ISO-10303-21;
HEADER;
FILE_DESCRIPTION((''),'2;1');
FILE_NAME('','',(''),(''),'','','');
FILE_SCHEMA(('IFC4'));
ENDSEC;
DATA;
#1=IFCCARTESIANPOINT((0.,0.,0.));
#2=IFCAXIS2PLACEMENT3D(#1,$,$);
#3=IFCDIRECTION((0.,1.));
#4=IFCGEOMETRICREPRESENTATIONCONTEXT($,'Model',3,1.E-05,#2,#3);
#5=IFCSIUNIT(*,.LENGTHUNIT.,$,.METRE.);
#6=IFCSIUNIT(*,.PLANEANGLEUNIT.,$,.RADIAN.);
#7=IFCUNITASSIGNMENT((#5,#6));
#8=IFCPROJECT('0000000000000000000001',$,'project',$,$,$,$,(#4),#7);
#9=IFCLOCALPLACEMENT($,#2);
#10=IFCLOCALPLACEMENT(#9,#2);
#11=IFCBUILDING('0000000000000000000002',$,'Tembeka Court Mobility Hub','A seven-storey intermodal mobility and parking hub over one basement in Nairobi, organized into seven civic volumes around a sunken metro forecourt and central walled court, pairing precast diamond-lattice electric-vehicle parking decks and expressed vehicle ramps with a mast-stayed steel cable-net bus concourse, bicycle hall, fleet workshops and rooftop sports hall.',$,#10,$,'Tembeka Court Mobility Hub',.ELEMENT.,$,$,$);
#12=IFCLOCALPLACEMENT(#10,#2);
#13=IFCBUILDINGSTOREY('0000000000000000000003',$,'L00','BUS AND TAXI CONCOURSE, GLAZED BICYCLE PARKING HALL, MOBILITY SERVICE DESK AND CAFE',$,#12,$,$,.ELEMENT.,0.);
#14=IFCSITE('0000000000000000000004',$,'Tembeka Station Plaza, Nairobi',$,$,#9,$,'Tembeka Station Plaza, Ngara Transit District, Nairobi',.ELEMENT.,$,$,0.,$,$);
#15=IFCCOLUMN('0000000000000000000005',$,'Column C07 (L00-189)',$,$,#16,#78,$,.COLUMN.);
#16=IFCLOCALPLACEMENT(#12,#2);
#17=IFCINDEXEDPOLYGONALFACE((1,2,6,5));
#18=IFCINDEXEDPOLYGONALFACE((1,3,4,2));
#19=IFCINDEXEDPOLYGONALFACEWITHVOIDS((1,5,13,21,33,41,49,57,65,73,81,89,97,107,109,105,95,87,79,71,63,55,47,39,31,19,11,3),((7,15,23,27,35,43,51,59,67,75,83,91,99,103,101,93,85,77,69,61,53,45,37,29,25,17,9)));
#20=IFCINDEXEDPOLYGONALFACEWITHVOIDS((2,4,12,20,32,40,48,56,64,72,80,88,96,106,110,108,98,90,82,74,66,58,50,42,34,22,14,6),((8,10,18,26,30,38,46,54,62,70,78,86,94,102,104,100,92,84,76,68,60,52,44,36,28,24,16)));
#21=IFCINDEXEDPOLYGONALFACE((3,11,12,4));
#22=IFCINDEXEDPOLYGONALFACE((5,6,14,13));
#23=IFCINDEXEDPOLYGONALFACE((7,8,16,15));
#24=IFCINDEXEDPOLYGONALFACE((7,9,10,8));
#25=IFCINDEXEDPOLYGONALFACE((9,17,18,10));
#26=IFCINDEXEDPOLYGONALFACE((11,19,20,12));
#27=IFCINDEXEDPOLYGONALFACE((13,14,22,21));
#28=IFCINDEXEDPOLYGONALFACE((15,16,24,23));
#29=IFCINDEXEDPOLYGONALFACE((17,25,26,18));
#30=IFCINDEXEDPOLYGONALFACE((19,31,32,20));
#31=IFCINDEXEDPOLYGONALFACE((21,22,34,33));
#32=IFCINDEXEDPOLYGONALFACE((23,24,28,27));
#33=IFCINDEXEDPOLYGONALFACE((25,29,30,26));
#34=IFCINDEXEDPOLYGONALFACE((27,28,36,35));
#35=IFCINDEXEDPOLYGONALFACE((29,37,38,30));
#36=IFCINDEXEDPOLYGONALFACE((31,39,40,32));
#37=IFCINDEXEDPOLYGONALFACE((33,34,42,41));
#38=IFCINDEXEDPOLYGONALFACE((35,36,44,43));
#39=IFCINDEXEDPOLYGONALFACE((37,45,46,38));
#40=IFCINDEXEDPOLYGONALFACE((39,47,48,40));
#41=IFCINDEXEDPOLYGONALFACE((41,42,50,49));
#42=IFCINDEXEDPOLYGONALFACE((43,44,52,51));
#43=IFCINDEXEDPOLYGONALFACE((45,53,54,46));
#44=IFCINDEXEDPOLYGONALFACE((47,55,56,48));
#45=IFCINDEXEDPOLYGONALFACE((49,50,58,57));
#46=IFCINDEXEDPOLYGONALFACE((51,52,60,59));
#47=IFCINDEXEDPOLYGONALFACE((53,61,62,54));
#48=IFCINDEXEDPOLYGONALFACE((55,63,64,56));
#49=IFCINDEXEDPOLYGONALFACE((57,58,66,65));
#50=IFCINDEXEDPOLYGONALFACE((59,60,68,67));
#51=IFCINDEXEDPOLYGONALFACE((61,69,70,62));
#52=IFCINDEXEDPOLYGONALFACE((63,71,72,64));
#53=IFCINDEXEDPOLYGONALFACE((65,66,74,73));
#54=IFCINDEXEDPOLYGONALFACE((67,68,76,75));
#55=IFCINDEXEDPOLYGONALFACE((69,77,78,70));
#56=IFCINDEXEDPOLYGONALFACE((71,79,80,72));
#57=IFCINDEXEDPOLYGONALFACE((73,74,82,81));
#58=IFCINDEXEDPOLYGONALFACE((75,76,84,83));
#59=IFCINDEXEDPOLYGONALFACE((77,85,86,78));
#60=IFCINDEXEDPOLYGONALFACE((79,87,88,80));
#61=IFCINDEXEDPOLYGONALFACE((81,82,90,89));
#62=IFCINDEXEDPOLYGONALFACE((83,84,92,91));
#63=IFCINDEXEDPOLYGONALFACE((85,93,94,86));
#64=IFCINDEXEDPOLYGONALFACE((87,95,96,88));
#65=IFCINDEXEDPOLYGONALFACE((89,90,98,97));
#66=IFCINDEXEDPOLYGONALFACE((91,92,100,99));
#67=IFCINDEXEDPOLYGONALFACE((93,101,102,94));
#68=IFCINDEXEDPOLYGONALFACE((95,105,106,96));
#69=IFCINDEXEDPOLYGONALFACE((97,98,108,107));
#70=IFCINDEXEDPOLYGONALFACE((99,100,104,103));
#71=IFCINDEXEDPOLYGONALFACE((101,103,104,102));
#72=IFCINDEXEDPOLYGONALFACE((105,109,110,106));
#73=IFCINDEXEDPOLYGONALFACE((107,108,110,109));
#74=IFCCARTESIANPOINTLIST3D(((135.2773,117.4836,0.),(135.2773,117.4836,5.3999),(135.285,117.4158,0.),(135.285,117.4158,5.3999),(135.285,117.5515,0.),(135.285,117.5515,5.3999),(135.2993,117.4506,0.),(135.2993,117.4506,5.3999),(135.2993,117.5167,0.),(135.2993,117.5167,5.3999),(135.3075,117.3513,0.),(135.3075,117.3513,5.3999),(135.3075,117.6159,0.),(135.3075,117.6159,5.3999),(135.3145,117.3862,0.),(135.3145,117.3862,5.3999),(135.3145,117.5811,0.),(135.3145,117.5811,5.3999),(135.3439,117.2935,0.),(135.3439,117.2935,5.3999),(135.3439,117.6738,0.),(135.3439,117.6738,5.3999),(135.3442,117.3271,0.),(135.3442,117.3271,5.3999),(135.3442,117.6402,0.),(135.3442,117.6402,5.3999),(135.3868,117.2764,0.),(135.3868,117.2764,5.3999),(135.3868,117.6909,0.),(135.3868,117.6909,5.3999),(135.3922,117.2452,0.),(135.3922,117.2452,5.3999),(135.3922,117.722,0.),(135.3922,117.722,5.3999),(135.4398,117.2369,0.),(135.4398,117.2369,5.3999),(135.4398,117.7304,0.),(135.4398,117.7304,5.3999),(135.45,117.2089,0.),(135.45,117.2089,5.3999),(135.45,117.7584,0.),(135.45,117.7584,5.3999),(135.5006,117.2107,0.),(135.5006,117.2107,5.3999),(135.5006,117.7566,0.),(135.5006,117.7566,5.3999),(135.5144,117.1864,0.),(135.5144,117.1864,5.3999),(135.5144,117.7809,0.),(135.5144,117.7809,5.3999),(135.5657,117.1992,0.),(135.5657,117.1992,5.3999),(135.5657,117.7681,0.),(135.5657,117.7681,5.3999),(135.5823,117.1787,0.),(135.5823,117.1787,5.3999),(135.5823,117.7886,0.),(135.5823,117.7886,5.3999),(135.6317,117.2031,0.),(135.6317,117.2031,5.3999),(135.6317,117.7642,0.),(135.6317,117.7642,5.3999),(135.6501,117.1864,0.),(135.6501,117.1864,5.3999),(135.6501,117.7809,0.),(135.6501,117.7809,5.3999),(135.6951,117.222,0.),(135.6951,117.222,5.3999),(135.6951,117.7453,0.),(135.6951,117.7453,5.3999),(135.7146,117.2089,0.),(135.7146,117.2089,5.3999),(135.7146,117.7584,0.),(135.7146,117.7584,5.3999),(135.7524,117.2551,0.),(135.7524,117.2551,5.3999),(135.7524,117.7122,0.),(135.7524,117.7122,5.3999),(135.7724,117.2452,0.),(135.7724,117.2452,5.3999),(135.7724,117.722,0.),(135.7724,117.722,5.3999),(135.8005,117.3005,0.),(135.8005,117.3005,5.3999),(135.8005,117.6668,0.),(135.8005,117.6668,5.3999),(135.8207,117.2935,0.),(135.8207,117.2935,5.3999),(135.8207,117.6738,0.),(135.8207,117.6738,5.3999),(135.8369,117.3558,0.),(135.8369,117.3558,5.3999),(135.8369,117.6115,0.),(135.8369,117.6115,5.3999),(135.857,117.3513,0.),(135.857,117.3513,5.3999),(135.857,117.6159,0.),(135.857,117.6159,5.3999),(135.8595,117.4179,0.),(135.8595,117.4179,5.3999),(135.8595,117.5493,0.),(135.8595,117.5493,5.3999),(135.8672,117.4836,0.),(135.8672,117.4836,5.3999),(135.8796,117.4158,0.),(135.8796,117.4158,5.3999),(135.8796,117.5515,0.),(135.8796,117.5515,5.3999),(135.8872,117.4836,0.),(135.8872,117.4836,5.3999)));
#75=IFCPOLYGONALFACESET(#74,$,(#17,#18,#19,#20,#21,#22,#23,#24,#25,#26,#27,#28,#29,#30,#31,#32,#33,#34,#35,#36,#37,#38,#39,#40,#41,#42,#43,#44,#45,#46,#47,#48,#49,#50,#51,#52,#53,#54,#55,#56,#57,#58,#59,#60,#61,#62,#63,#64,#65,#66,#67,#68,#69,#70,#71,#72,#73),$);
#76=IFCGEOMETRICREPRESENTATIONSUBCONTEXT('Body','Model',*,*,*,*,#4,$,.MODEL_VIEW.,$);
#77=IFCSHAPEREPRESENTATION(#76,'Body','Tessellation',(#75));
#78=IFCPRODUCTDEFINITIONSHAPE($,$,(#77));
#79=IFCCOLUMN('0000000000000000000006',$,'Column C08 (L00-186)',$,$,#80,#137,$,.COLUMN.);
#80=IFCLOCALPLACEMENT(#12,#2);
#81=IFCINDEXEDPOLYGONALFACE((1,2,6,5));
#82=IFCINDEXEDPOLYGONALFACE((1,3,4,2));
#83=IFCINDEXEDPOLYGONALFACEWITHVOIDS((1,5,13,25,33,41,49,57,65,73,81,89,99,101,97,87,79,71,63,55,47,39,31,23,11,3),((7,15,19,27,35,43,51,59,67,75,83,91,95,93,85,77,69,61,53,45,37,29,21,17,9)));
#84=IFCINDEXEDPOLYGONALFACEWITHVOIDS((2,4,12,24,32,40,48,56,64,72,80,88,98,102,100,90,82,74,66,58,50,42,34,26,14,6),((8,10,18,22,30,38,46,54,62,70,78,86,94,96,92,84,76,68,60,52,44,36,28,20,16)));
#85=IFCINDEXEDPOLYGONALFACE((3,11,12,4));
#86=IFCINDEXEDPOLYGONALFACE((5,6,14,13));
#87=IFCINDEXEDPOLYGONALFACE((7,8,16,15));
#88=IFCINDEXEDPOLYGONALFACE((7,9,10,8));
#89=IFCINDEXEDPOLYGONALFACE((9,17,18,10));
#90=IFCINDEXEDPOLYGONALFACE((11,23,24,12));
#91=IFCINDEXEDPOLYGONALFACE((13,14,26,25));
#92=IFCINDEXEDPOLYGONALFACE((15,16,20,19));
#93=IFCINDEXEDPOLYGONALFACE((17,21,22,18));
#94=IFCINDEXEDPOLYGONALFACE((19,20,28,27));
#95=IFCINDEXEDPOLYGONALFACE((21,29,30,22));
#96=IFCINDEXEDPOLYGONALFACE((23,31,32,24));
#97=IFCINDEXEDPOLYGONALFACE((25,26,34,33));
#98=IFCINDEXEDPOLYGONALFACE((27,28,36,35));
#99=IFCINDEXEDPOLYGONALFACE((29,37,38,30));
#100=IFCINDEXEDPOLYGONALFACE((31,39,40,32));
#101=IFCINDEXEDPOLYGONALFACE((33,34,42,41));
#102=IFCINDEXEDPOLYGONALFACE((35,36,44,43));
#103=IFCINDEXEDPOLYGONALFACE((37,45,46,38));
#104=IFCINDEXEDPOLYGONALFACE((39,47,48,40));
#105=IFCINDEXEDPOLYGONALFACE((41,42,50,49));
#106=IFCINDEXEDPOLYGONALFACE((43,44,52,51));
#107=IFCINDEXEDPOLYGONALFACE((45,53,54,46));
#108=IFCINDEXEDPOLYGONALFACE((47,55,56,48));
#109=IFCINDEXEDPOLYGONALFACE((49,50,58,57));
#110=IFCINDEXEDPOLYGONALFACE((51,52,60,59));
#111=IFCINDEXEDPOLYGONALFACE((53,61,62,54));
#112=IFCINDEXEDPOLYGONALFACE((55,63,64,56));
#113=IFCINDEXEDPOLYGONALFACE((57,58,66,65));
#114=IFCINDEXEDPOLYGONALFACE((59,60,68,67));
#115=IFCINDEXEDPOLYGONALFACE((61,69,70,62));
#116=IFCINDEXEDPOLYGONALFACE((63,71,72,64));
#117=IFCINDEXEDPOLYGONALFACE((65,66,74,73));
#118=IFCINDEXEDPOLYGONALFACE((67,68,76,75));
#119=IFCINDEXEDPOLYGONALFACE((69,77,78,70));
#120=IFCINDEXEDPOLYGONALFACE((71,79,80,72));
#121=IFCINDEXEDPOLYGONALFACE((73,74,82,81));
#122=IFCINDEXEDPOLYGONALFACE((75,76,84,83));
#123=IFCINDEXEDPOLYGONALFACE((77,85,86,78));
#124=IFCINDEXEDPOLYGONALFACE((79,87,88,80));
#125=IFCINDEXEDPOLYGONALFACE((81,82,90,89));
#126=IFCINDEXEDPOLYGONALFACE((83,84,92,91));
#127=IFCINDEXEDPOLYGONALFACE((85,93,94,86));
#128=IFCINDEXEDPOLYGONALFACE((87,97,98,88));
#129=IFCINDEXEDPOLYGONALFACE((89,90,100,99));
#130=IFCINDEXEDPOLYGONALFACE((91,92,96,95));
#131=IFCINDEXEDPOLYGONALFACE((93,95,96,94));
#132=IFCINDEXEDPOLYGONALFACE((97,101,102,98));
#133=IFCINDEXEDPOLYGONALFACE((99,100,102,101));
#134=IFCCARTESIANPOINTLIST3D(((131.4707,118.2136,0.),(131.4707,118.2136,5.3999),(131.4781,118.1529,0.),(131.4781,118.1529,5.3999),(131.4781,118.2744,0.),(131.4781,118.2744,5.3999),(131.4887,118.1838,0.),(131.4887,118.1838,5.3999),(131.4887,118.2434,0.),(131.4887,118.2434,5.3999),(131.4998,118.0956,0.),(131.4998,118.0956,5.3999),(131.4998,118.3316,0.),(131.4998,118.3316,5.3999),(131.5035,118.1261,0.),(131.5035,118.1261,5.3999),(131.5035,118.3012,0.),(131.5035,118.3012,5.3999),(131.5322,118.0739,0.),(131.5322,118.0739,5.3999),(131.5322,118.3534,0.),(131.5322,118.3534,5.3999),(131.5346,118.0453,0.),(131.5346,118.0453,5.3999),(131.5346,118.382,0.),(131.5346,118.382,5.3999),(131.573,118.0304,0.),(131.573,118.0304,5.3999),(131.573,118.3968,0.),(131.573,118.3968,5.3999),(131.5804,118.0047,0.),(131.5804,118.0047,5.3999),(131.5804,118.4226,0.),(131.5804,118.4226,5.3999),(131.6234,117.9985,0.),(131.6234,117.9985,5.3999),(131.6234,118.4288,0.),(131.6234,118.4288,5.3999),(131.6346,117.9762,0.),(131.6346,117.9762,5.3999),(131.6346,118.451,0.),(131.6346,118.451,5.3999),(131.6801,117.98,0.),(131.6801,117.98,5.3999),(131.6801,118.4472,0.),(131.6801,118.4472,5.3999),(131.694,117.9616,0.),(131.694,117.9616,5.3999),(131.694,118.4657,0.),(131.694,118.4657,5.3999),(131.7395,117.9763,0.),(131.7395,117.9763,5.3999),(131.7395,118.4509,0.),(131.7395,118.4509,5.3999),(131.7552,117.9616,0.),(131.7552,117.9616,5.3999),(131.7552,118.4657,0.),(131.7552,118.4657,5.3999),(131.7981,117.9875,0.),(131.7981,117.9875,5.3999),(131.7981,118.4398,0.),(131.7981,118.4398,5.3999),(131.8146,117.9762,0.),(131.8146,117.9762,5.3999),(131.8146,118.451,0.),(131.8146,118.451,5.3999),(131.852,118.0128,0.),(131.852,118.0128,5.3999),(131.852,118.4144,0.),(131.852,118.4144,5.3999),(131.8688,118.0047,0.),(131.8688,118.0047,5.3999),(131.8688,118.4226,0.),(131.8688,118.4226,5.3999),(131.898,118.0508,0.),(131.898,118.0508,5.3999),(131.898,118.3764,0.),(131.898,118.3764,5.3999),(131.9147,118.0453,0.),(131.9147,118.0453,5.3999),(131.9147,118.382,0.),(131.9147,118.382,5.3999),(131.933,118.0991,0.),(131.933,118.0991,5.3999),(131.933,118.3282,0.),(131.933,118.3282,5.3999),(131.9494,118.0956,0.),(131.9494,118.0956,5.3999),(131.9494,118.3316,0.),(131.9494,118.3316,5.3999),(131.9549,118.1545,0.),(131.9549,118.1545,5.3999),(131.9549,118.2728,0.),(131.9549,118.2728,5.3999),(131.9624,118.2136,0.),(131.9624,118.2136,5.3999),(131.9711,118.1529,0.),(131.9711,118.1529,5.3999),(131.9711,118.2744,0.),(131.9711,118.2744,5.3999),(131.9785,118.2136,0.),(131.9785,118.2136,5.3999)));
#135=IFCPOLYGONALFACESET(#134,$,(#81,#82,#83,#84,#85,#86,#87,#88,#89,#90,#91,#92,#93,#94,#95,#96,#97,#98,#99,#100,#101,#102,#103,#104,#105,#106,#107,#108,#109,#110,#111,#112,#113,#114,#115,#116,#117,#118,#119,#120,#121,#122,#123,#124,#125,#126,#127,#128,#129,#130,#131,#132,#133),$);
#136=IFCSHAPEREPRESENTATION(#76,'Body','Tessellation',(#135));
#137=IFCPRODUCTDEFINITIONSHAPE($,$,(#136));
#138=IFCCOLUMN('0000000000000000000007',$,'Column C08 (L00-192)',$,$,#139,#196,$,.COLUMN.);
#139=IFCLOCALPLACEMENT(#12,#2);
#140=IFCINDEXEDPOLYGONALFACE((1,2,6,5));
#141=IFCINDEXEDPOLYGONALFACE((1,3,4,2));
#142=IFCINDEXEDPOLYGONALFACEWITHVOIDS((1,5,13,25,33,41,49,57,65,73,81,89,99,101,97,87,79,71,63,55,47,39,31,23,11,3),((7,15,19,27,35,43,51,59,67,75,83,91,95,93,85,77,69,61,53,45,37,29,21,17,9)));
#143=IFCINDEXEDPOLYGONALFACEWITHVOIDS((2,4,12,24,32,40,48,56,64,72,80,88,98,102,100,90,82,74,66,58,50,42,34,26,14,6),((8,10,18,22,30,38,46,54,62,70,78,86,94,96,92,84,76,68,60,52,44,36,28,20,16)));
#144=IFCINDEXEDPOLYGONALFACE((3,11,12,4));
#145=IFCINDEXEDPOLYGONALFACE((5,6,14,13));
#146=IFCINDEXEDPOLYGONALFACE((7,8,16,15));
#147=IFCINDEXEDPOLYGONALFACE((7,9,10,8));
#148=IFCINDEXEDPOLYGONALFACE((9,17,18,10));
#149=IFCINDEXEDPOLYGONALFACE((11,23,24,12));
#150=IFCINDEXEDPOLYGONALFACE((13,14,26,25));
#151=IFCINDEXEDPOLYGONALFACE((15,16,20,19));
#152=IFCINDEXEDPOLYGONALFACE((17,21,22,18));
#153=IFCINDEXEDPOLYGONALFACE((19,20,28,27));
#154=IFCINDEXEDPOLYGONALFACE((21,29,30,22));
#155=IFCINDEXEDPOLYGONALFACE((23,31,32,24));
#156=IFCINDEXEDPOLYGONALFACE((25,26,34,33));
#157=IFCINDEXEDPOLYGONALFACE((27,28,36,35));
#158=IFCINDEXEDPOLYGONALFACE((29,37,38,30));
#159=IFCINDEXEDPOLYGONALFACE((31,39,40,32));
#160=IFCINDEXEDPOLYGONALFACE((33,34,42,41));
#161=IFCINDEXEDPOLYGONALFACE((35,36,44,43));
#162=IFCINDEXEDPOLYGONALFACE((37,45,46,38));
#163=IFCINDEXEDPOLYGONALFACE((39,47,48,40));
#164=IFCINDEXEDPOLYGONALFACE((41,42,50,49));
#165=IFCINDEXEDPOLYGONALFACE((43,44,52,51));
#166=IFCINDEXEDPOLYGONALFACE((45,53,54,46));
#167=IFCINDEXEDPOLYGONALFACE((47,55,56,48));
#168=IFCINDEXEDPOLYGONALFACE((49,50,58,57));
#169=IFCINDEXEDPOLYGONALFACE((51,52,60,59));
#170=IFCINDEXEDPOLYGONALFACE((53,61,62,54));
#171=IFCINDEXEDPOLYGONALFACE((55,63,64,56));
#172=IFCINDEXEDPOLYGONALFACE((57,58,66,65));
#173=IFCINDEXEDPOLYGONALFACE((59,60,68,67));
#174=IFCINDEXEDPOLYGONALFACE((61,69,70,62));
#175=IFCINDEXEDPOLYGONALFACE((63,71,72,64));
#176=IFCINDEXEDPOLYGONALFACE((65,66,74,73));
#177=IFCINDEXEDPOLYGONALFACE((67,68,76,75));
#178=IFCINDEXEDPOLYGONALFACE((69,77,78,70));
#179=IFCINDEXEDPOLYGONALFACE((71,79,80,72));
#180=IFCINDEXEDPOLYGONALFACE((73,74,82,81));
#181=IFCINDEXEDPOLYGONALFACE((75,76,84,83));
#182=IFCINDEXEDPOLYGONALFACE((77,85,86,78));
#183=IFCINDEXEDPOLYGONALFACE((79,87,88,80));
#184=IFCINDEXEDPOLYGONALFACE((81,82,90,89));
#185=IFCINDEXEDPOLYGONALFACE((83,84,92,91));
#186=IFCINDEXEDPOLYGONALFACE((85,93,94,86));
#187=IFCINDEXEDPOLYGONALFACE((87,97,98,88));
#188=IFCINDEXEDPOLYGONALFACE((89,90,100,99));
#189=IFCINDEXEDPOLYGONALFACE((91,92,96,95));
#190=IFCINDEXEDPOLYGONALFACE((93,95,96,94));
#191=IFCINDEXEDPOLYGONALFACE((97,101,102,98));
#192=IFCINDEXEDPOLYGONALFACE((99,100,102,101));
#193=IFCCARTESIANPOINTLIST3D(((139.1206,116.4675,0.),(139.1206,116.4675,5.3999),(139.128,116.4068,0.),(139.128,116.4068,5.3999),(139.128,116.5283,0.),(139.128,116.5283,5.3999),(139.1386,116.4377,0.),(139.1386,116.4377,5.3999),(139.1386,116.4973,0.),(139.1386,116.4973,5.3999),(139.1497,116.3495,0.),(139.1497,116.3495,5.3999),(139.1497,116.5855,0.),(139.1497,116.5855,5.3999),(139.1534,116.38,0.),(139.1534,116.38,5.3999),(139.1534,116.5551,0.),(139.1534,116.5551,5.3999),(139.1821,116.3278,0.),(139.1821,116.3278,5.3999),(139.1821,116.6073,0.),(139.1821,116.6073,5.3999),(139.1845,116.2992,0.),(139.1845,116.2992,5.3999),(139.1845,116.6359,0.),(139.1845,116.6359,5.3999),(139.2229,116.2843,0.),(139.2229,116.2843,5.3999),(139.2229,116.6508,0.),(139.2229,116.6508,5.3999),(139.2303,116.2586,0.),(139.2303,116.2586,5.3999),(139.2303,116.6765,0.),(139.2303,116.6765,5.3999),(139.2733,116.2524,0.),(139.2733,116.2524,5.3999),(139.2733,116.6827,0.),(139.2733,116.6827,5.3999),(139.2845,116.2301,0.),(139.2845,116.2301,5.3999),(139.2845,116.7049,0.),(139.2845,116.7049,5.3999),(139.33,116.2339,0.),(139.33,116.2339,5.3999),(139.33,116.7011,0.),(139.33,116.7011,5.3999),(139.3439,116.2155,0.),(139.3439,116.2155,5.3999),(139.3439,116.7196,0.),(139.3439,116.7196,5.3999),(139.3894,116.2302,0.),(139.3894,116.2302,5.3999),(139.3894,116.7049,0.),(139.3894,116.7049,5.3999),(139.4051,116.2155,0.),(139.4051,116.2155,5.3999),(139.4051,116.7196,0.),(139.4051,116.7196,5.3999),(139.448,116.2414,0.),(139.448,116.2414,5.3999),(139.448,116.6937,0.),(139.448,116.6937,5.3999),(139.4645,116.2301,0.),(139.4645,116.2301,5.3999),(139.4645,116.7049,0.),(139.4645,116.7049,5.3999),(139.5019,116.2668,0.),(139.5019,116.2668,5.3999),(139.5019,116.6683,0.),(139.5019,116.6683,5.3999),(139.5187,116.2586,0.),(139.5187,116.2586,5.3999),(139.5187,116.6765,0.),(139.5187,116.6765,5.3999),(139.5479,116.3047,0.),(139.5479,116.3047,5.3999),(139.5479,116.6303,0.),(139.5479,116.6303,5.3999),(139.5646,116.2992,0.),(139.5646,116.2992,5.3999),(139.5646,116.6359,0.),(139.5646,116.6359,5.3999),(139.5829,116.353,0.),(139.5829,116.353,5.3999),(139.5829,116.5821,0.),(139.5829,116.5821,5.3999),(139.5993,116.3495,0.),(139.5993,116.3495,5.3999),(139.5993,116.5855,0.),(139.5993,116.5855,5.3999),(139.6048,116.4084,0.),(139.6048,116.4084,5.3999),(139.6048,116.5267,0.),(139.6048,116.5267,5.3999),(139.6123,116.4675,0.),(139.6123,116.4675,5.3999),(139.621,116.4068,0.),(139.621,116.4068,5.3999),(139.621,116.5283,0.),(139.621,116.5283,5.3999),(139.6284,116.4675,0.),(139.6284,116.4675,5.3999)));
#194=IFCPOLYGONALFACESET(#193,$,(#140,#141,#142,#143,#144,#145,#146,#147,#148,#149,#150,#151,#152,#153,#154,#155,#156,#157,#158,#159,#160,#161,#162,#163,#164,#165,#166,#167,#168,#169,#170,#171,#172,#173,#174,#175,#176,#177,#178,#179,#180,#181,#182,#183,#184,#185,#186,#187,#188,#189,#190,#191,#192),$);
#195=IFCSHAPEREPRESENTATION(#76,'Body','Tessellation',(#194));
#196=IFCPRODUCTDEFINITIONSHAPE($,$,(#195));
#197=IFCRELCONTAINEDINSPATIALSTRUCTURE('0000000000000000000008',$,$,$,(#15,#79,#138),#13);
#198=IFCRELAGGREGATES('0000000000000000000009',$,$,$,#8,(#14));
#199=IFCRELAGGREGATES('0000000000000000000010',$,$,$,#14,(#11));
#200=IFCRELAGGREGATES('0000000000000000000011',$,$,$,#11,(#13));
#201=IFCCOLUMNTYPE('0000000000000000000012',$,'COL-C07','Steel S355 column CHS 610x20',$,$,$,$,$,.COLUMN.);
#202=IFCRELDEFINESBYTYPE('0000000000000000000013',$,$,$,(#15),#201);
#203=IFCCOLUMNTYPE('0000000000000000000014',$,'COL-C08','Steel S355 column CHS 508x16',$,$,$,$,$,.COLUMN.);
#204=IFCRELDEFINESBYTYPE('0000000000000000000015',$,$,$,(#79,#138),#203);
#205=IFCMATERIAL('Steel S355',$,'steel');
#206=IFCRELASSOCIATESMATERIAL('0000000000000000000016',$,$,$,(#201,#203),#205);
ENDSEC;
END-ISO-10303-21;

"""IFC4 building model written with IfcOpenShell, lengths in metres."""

from ifc_helpers import new_model, si_unit, direction, frame, origin, origin_2d, place, context, subcontext, project, spatial, hollow_circle, extrude, material, material_profile, profile_set, type_object, element, save


model = new_model("IFC4")

# Units and contexts
model_context = context("Model", 3, precision=1e-05, world=origin(), true_north=direction((0.0, 1.0)))
body_context = subcontext(model_context, "Body", "Model", "MODEL_VIEW")
ifc_project = project(units=[si_unit("LENGTHUNIT", "METRE"), si_unit("PLANEANGLEUNIT", "RADIAN")], contexts=[model_context])

# Site, building, storey
site_placement = place(None, origin())
site = spatial("IfcSite", under=ifc_project, at=site_placement, Name="Tembeka Station Plaza, Nairobi", LongName="Tembeka Station Plaza, Ngara Transit District, Nairobi", CompositionType="ELEMENT", RefElevation=0.0)
building_placement = place(site_placement, origin())
building = spatial("IfcBuilding", under=site, at=building_placement, Name="Tembeka Court Mobility Hub", Description="A seven-storey intermodal mobility and parking hub over one basement in Nairobi, organized into seven civic volumes around a sunken metro forecourt and central walled court, pairing precast diamond-lattice electric-vehicle parking decks and expressed vehicle ramps with a mast-stayed steel cable-net bus concourse, bicycle hall, fleet workshops and rooftop sports hall.", LongName="Tembeka Court Mobility Hub", CompositionType="ELEMENT")
storey_placement = place(building_placement, origin())
storey = spatial("IfcBuildingStorey", under=building, at=storey_placement, Name="L00", Description="BUS AND TAXI CONCOURSE, GLAZED BICYCLE PARKING HALL, MOBILITY SERVICE DESK AND CAFE", CompositionType="ELEMENT", Elevation=0.0)

# Columns
ifc_material_1 = material(Name="Steel S355", Category="steel")
ifc_material_profile_1 = material_profile(ifc_material_1, hollow_circle(Radius=0.3049, WallThickness=0.02, at=origin_2d()), Name="CHS 610x20")
ifc_profile_set_1 = profile_set([ifc_material_profile_1], Name="Steel S355")
column_type_1 = type_object("IfcColumnType", Name="COL-C07", Description="Steel S355 column CHS 610x20", PredefinedType="COLUMN", material=ifc_profile_set_1)
column_placement = place(storey_placement, frame((135.5823, 117.4836, 0.0), z_axis=(0.0, 0.0, 1.0), x_axis=(1.0, 0.0, 0.0)))
element("IfcColumn", 1, at=column_placement, inside=storey, type_object=column_type_1, Name="Column C07 (L00-189)", PredefinedType="COLUMN", context=body_context, shape_type="SweptSolid", body=[
    extrude(hollow_circle(Radius=0.3049, WallThickness=0.02, at=origin_2d()), origin(), (0.0, 0.0, 1.0), 5.3999),
])
ifc_material_profile_2 = material_profile(ifc_material_1, hollow_circle(Radius=0.2539, WallThickness=0.0161, at=origin_2d()), Name="CHS 508x16")
ifc_profile_set_2 = profile_set([ifc_material_profile_2], Name="Steel S355")
column_type_2 = type_object("IfcColumnType", Name="COL-C08", Description="Steel S355 column CHS 508x16", PredefinedType="COLUMN", material=ifc_profile_set_2)
for number, where, z_axis, x_axis, name in (
    (2, (131.7246, 118.2136, 0.0), (0.0, 0.0, 1.0), (1.0, 0.0, 0.0), "Column C08 (L00-186)"),
    (3, (139.3745, 116.4675, 0.0), (0.0, 0.0, 1.0), (1.0, 0.0, 0.0), "Column C08 (L00-192)"),
):
    element("IfcColumn", number, at=place(storey_placement, frame(where, z_axis=z_axis, x_axis=x_axis)), inside=storey, type_object=column_type_2, Name=name, PredefinedType="COLUMN", context=body_context, shape_type="SweptSolid", body=[
        extrude(hollow_circle(Radius=0.2539, WallThickness=0.0161, at=origin_2d()), origin(), (0.0, 0.0, 1.0), 5.3999),
    ])

save(model, "model.ifc")
